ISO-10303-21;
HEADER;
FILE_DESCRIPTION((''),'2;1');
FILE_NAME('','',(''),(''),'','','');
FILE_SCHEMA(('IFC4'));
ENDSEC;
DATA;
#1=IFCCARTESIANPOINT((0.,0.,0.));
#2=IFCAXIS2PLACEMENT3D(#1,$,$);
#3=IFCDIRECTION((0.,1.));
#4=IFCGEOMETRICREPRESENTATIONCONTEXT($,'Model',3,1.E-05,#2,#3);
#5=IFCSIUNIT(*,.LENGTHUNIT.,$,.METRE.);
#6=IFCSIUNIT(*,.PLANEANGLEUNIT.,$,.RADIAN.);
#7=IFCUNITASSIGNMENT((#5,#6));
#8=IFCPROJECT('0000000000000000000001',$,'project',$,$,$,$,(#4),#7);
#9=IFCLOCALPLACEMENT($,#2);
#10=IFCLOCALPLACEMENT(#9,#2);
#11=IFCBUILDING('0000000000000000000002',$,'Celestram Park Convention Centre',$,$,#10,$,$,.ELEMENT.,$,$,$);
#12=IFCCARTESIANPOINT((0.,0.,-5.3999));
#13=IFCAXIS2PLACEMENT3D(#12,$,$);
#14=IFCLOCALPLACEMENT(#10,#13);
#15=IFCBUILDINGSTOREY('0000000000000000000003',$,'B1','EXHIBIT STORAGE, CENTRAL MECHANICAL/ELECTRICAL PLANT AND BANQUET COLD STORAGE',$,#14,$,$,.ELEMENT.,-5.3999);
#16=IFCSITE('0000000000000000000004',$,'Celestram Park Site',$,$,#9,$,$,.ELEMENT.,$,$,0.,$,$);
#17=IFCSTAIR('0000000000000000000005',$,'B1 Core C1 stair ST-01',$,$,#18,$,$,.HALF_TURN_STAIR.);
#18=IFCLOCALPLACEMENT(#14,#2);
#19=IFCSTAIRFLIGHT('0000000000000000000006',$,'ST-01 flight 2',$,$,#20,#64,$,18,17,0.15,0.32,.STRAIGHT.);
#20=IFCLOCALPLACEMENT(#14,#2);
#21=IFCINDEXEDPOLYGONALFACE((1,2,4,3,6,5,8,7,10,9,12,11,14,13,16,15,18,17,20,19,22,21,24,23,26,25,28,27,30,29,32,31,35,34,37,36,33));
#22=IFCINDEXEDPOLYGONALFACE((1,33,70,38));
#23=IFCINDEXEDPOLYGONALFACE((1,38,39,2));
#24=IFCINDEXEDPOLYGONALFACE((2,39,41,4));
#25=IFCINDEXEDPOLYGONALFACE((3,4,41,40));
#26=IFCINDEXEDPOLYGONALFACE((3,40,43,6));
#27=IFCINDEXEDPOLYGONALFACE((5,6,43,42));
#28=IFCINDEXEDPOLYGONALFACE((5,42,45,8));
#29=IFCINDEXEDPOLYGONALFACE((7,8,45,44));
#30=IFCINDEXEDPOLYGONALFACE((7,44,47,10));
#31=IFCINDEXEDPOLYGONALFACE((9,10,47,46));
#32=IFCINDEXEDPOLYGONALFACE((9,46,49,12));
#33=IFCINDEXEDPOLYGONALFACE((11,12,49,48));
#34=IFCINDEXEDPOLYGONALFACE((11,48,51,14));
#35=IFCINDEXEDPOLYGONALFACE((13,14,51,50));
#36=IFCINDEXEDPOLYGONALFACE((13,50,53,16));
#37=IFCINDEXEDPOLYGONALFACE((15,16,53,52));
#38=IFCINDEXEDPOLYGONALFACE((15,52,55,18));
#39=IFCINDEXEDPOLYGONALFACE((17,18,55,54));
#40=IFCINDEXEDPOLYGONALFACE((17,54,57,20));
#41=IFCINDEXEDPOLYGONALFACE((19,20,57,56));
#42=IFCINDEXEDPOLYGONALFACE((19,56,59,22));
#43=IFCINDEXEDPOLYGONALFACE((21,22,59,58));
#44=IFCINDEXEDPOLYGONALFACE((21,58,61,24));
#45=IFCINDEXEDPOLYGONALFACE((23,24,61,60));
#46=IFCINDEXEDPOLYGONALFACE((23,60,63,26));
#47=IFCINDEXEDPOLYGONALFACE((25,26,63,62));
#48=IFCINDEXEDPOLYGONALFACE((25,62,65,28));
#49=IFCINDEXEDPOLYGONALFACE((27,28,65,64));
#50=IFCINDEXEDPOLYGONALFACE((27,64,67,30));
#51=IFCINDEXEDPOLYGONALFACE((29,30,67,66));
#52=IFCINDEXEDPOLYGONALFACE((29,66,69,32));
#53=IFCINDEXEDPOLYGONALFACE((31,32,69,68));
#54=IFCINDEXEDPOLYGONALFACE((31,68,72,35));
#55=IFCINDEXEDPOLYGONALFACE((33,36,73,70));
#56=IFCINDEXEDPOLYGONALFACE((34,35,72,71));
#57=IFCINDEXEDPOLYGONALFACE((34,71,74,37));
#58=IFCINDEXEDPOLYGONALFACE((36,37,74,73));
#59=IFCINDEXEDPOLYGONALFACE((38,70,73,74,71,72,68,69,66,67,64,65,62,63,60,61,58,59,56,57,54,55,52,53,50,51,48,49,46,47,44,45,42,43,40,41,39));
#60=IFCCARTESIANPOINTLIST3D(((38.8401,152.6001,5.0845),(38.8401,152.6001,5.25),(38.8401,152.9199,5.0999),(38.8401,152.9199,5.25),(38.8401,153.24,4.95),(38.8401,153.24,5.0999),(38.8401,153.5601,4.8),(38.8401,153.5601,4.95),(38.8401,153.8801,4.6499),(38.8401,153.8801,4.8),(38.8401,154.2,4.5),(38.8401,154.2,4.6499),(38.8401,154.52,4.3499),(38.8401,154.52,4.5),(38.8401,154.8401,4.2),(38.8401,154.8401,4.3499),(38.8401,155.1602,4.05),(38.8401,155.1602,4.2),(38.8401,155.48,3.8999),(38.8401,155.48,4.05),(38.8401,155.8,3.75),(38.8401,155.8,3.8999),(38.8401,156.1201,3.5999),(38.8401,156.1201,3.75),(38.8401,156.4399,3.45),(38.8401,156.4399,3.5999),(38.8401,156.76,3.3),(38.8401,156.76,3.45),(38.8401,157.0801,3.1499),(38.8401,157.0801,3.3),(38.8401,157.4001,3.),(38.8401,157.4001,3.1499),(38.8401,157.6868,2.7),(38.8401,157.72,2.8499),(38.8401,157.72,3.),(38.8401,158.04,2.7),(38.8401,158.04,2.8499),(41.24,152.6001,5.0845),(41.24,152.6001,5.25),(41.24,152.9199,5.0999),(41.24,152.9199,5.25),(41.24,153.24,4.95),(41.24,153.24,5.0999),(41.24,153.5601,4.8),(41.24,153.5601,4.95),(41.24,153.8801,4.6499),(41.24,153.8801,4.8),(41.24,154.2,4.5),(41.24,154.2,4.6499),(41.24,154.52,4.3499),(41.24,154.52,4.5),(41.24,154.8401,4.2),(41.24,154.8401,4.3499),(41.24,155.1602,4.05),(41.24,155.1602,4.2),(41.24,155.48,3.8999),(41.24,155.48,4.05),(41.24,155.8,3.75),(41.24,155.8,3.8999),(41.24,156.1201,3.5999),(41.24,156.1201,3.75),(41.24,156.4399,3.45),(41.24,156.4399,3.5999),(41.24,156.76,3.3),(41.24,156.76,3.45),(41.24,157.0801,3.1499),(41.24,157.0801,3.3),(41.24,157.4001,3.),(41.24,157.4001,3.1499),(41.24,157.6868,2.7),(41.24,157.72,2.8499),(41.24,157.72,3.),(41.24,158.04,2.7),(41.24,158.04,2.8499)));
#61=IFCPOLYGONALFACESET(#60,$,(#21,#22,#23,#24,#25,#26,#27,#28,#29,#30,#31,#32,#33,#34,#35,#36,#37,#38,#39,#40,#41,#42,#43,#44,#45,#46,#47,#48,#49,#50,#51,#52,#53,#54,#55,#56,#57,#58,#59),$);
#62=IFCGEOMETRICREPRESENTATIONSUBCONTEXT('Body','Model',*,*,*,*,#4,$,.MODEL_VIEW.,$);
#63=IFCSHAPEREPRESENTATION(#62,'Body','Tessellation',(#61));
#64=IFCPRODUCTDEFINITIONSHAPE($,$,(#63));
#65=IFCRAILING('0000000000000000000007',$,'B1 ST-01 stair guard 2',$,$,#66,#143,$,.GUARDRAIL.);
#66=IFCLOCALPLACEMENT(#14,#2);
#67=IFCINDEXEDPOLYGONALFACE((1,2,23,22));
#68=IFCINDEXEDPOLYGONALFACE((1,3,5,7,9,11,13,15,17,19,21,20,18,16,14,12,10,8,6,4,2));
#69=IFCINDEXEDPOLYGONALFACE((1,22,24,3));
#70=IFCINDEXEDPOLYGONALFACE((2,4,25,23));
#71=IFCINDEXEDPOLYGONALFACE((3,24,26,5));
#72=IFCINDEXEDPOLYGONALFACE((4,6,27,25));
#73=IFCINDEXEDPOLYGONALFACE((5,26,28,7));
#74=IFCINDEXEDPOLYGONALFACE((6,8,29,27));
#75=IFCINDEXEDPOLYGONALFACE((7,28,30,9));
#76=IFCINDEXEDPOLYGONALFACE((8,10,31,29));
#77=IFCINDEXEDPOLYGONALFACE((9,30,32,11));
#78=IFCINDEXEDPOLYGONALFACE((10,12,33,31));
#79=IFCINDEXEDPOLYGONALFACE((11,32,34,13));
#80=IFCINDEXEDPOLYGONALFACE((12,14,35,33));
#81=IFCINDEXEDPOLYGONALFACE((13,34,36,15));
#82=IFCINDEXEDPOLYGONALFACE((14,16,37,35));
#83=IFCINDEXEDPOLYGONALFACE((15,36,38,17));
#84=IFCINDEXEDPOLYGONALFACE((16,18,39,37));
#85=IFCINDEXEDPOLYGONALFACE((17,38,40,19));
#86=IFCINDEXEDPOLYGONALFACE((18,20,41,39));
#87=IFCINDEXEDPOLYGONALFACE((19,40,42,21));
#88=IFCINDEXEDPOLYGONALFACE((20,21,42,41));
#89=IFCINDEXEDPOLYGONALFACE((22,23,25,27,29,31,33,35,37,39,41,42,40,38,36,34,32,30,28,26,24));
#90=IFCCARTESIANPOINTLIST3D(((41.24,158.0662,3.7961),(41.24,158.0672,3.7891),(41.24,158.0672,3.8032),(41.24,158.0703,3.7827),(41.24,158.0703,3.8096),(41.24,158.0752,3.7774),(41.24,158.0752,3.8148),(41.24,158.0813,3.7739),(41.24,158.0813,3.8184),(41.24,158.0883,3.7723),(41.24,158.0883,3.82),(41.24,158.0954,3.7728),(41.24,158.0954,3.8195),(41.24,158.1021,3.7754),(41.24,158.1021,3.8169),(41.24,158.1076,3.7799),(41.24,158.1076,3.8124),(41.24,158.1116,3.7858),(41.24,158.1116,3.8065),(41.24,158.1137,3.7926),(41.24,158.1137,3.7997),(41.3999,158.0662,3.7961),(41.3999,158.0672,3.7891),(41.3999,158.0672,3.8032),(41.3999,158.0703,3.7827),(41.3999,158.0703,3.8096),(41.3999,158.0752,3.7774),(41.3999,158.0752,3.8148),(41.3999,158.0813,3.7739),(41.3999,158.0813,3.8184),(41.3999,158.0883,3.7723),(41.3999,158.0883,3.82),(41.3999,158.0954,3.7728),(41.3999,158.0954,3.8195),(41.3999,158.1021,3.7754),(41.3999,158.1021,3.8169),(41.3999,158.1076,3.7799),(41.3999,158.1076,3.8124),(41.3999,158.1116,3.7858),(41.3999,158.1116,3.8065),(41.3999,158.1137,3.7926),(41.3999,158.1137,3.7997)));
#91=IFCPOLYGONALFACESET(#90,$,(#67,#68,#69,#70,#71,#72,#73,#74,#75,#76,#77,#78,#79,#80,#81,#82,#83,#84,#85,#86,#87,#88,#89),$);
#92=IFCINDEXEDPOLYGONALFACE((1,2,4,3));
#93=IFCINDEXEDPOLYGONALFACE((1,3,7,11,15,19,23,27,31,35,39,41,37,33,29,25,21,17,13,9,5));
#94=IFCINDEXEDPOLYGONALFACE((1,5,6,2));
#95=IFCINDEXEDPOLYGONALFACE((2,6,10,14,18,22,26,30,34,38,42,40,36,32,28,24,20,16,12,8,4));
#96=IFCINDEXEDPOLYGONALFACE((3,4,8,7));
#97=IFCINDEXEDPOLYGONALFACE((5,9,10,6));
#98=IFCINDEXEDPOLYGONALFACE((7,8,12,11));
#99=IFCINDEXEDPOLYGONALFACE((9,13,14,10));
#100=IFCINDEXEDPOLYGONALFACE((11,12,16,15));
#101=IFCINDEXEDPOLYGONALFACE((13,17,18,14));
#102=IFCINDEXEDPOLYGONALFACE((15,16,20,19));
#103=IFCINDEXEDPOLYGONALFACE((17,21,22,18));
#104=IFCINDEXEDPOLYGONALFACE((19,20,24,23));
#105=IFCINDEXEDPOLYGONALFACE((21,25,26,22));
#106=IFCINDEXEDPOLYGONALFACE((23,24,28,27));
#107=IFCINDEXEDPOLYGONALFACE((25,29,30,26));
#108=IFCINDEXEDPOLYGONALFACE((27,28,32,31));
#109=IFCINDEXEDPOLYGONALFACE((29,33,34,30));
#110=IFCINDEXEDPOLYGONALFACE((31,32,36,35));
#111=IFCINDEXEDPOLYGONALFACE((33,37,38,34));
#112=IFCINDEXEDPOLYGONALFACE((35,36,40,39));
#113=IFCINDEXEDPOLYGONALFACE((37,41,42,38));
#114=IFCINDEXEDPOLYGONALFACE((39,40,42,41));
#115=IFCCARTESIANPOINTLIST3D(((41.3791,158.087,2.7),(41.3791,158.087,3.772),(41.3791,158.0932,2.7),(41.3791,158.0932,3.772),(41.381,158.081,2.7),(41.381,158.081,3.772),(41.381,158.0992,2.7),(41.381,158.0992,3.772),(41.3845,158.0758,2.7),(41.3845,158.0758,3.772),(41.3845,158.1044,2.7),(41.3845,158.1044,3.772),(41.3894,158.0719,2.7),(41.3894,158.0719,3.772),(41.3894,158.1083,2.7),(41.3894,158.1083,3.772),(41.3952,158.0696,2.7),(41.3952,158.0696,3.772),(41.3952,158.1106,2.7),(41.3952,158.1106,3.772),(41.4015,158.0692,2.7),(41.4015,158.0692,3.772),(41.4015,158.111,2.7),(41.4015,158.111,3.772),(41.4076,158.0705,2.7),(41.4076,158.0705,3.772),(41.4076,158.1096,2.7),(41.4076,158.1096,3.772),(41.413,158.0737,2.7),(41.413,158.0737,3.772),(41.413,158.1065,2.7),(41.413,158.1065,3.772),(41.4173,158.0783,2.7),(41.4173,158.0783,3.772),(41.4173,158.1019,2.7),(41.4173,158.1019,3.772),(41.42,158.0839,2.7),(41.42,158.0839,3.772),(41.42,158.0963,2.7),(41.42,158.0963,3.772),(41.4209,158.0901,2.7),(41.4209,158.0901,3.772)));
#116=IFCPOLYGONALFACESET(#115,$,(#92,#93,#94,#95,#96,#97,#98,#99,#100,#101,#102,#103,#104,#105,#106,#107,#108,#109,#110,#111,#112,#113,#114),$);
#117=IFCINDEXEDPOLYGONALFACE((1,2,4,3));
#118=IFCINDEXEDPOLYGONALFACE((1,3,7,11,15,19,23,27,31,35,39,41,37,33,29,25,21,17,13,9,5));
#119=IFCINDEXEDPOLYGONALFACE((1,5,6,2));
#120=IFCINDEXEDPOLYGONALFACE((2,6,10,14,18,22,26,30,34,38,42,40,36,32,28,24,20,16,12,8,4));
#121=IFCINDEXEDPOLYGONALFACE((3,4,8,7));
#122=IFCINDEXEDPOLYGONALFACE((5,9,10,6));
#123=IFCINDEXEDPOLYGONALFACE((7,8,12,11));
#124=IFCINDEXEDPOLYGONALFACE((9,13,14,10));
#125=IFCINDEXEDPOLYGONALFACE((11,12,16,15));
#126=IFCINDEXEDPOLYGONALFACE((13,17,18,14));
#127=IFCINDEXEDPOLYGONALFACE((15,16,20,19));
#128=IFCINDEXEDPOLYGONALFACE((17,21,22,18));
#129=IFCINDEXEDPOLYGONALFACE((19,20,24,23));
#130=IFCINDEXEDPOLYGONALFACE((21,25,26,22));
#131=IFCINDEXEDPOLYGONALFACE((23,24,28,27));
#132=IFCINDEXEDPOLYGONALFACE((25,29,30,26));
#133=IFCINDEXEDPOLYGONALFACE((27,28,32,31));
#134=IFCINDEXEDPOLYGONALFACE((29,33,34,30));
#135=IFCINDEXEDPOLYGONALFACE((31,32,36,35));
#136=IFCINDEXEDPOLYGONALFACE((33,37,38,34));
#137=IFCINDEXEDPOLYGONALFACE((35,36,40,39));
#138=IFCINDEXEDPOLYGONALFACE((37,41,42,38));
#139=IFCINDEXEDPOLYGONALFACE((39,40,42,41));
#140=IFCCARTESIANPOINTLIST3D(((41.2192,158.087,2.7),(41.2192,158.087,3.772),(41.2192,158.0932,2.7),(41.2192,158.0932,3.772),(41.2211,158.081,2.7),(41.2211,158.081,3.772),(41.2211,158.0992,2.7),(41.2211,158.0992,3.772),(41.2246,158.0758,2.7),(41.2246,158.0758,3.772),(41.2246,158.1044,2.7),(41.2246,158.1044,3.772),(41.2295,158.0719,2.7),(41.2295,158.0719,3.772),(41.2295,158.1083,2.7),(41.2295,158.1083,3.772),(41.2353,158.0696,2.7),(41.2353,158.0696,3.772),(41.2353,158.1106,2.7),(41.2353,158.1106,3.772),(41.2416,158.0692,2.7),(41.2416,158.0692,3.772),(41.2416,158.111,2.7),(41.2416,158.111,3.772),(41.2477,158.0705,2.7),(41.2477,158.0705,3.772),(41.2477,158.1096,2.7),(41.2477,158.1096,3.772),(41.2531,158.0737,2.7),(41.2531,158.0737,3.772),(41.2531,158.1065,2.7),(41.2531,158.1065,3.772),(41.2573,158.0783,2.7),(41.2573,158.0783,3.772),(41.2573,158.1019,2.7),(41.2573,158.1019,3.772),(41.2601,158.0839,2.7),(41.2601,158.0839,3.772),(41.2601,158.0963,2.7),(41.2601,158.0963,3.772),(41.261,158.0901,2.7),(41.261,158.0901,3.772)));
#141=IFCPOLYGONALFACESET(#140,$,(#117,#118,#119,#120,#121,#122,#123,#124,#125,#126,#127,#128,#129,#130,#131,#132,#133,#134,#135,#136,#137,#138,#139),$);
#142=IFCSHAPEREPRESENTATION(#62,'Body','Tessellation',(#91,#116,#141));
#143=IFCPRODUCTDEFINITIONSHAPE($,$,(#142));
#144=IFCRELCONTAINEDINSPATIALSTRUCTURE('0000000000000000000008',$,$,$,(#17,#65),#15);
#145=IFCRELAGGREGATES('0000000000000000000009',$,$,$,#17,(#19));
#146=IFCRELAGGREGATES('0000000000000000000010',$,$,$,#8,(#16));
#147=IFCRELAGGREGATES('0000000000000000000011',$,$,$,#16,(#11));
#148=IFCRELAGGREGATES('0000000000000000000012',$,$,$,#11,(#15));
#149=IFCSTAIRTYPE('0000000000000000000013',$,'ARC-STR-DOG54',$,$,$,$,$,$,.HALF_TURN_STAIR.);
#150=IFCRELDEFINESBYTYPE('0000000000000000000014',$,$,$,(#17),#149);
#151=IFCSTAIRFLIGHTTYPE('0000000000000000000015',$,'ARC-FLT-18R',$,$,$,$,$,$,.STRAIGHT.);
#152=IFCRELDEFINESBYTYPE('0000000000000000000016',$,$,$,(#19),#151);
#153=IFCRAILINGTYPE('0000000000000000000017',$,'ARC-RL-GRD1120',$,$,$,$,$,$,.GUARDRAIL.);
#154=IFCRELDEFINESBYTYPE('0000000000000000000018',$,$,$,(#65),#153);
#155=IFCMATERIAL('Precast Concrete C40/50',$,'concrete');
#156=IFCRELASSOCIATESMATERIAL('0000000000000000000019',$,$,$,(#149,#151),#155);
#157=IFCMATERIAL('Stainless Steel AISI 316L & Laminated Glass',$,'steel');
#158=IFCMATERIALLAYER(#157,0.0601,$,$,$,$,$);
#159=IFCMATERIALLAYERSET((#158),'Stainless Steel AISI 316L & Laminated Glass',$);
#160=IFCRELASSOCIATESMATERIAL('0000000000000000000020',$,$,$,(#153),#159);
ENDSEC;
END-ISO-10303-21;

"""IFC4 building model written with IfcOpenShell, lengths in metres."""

from ifc_helpers import new_model, si_unit, direction, frame, origin, origin_2d, place, context, subcontext, project, spatial, polyline, circle, outline, extrude, material, layer, layer_set, type_object, element, aggregate, save


model = new_model("IFC4")

# Units and contexts
model_context = context("Model", 3, precision=1e-05, world=origin(), true_north=direction((0.0, 1.0)))
body_context = subcontext(model_context, "Body", "Model", "MODEL_VIEW")
ifc_project = project(units=[si_unit("LENGTHUNIT", "METRE"), si_unit("PLANEANGLEUNIT", "RADIAN")], contexts=[model_context])

# Site, building, storey
site_placement = place(None, origin())
site = spatial("IfcSite", under=ifc_project, at=site_placement, Name="Celestram Park Site", CompositionType="ELEMENT", RefElevation=0.0)
building_placement = place(site_placement, origin())
building = spatial("IfcBuilding", under=site, at=building_placement, Name="Celestram Park Convention Centre", CompositionType="ELEMENT")
storey_placement = place(building_placement, frame((0.0, 0.0, -5.3999)))
storey = spatial("IfcBuildingStorey", under=building, at=storey_placement, Name="B1", Description="EXHIBIT STORAGE, CENTRAL MECHANICAL/ELECTRICAL PLANT AND BANQUET COLD STORAGE", CompositionType="ELEMENT", Elevation=-5.3999)

# Stair, stair flight
ifc_material_1 = material(Name="Precast Concrete C40/50", Category="concrete")
stair_type = type_object("IfcStairType", Name="ARC-STR-DOG54", PredefinedType="HALF_TURN_STAIR", material=ifc_material_1)
stair_placement = place(storey_placement, origin())
stair = element("IfcStair", 1, at=stair_placement, inside=storey, type_object=stair_type, Name="B1 Core C1 stair ST-01", PredefinedType="HALF_TURN_STAIR")
stair_flight_type = type_object("IfcStairFlightType", Name="ARC-FLT-18R", PredefinedType="STRAIGHT", material=ifc_material_1)
stair_flight_1_placement = place(storey_placement, frame((40.04, 158.04, 2.7), z_axis=(0.0, 0.0, 1.0), x_axis=(0.0, -1.0, 0.0)))
stair_flight_1 = element("IfcStairFlight", 2, at=stair_flight_1_placement, type_object=stair_flight_type, Name="ST-01 flight 2", NumberOfRisers=18, NumberOfTreads=17, PredefinedType="STRAIGHT", RiserHeight=0.15, TreadLength=0.32, context=body_context, shape_type="SweptSolid", body=[
    extrude(outline(polyline([(0.0, 0.0), (0.0, 0.1499), (0.3201, 0.1499), (0.3201, 0.3), (0.6399, 0.3), (0.6399, 0.45), (0.96, 0.45), (0.96, 0.6001), (1.28, 0.6001), (1.28, 0.75), (1.6001, 0.75), (1.6001, 0.8999), (1.9199, 0.8999), (1.9199, 1.05), (2.24, 1.05), (2.24, 1.2), (2.5601, 1.2), (2.5601, 1.3501), (2.8799, 1.3501), (2.8799, 1.5), (3.2, 1.5), (3.2, 1.6499), (3.52, 1.6499), (3.52, 1.8), (3.8401, 1.8), (3.8401, 1.95), (4.1599, 1.95), (4.1599, 2.1001), (4.48, 2.1001), (4.48, 2.25), (4.8, 2.25), (4.8, 2.3999), (5.1201, 2.3999), (5.1201, 2.55), (5.4399, 2.55), (5.4399, 2.7), (5.4399, 2.3845), (0.3533, 0.0), (0.0, 0.0)])), frame((0.0, 1.2, 0.0), z_axis=(0.0, -1.0, 0.0), x_axis=(1.0, 0.0, 0.0)), (0.0, 0.0, 1.0), 2.3999),
])
aggregate(stair, [stair_flight_1])

# Railing
ifc_material_2 = material(Name="Stainless Steel AISI 316L & Laminated Glass", Category="steel")
ifc_layer_1 = layer(ifc_material_2, 0.0601)
ifc_layer_set_1 = layer_set([ifc_layer_1], Name="Stainless Steel AISI 316L & Laminated Glass")
railing_type_1 = type_object("IfcRailingType", Name="ARC-RL-GRD1120", PredefinedType="GUARDRAIL", material=ifc_layer_set_1)
railing_1_placement = place(storey_placement, frame((41.3999, 158.0901, 2.7)))
element("IfcRailing", 3, at=railing_1_placement, inside=storey, type_object=railing_type_1, Name="B1 ST-01 stair guard 2", PredefinedType="GUARDRAIL", context=body_context, shape_type="SweptSolid", body=[
    extrude(circle(Radius=0.0239, at=origin_2d()), frame((0.0, 0.0, 1.0962), z_axis=(-1.0, 0.0, 0.0), x_axis=(0.0, -1.0, 0.0)), (0.0, 0.0, 1.0), 0.1599),
    extrude(circle(Radius=0.021, at=origin_2d()), origin(), (0.0, 0.0, 1.0), 1.072),
    extrude(circle(Radius=0.021, at=origin_2d()), frame((-0.1599, 0.0, 0.0)), (0.0, 0.0, 1.0), 1.072),
])

save(model, "model.ifc")
